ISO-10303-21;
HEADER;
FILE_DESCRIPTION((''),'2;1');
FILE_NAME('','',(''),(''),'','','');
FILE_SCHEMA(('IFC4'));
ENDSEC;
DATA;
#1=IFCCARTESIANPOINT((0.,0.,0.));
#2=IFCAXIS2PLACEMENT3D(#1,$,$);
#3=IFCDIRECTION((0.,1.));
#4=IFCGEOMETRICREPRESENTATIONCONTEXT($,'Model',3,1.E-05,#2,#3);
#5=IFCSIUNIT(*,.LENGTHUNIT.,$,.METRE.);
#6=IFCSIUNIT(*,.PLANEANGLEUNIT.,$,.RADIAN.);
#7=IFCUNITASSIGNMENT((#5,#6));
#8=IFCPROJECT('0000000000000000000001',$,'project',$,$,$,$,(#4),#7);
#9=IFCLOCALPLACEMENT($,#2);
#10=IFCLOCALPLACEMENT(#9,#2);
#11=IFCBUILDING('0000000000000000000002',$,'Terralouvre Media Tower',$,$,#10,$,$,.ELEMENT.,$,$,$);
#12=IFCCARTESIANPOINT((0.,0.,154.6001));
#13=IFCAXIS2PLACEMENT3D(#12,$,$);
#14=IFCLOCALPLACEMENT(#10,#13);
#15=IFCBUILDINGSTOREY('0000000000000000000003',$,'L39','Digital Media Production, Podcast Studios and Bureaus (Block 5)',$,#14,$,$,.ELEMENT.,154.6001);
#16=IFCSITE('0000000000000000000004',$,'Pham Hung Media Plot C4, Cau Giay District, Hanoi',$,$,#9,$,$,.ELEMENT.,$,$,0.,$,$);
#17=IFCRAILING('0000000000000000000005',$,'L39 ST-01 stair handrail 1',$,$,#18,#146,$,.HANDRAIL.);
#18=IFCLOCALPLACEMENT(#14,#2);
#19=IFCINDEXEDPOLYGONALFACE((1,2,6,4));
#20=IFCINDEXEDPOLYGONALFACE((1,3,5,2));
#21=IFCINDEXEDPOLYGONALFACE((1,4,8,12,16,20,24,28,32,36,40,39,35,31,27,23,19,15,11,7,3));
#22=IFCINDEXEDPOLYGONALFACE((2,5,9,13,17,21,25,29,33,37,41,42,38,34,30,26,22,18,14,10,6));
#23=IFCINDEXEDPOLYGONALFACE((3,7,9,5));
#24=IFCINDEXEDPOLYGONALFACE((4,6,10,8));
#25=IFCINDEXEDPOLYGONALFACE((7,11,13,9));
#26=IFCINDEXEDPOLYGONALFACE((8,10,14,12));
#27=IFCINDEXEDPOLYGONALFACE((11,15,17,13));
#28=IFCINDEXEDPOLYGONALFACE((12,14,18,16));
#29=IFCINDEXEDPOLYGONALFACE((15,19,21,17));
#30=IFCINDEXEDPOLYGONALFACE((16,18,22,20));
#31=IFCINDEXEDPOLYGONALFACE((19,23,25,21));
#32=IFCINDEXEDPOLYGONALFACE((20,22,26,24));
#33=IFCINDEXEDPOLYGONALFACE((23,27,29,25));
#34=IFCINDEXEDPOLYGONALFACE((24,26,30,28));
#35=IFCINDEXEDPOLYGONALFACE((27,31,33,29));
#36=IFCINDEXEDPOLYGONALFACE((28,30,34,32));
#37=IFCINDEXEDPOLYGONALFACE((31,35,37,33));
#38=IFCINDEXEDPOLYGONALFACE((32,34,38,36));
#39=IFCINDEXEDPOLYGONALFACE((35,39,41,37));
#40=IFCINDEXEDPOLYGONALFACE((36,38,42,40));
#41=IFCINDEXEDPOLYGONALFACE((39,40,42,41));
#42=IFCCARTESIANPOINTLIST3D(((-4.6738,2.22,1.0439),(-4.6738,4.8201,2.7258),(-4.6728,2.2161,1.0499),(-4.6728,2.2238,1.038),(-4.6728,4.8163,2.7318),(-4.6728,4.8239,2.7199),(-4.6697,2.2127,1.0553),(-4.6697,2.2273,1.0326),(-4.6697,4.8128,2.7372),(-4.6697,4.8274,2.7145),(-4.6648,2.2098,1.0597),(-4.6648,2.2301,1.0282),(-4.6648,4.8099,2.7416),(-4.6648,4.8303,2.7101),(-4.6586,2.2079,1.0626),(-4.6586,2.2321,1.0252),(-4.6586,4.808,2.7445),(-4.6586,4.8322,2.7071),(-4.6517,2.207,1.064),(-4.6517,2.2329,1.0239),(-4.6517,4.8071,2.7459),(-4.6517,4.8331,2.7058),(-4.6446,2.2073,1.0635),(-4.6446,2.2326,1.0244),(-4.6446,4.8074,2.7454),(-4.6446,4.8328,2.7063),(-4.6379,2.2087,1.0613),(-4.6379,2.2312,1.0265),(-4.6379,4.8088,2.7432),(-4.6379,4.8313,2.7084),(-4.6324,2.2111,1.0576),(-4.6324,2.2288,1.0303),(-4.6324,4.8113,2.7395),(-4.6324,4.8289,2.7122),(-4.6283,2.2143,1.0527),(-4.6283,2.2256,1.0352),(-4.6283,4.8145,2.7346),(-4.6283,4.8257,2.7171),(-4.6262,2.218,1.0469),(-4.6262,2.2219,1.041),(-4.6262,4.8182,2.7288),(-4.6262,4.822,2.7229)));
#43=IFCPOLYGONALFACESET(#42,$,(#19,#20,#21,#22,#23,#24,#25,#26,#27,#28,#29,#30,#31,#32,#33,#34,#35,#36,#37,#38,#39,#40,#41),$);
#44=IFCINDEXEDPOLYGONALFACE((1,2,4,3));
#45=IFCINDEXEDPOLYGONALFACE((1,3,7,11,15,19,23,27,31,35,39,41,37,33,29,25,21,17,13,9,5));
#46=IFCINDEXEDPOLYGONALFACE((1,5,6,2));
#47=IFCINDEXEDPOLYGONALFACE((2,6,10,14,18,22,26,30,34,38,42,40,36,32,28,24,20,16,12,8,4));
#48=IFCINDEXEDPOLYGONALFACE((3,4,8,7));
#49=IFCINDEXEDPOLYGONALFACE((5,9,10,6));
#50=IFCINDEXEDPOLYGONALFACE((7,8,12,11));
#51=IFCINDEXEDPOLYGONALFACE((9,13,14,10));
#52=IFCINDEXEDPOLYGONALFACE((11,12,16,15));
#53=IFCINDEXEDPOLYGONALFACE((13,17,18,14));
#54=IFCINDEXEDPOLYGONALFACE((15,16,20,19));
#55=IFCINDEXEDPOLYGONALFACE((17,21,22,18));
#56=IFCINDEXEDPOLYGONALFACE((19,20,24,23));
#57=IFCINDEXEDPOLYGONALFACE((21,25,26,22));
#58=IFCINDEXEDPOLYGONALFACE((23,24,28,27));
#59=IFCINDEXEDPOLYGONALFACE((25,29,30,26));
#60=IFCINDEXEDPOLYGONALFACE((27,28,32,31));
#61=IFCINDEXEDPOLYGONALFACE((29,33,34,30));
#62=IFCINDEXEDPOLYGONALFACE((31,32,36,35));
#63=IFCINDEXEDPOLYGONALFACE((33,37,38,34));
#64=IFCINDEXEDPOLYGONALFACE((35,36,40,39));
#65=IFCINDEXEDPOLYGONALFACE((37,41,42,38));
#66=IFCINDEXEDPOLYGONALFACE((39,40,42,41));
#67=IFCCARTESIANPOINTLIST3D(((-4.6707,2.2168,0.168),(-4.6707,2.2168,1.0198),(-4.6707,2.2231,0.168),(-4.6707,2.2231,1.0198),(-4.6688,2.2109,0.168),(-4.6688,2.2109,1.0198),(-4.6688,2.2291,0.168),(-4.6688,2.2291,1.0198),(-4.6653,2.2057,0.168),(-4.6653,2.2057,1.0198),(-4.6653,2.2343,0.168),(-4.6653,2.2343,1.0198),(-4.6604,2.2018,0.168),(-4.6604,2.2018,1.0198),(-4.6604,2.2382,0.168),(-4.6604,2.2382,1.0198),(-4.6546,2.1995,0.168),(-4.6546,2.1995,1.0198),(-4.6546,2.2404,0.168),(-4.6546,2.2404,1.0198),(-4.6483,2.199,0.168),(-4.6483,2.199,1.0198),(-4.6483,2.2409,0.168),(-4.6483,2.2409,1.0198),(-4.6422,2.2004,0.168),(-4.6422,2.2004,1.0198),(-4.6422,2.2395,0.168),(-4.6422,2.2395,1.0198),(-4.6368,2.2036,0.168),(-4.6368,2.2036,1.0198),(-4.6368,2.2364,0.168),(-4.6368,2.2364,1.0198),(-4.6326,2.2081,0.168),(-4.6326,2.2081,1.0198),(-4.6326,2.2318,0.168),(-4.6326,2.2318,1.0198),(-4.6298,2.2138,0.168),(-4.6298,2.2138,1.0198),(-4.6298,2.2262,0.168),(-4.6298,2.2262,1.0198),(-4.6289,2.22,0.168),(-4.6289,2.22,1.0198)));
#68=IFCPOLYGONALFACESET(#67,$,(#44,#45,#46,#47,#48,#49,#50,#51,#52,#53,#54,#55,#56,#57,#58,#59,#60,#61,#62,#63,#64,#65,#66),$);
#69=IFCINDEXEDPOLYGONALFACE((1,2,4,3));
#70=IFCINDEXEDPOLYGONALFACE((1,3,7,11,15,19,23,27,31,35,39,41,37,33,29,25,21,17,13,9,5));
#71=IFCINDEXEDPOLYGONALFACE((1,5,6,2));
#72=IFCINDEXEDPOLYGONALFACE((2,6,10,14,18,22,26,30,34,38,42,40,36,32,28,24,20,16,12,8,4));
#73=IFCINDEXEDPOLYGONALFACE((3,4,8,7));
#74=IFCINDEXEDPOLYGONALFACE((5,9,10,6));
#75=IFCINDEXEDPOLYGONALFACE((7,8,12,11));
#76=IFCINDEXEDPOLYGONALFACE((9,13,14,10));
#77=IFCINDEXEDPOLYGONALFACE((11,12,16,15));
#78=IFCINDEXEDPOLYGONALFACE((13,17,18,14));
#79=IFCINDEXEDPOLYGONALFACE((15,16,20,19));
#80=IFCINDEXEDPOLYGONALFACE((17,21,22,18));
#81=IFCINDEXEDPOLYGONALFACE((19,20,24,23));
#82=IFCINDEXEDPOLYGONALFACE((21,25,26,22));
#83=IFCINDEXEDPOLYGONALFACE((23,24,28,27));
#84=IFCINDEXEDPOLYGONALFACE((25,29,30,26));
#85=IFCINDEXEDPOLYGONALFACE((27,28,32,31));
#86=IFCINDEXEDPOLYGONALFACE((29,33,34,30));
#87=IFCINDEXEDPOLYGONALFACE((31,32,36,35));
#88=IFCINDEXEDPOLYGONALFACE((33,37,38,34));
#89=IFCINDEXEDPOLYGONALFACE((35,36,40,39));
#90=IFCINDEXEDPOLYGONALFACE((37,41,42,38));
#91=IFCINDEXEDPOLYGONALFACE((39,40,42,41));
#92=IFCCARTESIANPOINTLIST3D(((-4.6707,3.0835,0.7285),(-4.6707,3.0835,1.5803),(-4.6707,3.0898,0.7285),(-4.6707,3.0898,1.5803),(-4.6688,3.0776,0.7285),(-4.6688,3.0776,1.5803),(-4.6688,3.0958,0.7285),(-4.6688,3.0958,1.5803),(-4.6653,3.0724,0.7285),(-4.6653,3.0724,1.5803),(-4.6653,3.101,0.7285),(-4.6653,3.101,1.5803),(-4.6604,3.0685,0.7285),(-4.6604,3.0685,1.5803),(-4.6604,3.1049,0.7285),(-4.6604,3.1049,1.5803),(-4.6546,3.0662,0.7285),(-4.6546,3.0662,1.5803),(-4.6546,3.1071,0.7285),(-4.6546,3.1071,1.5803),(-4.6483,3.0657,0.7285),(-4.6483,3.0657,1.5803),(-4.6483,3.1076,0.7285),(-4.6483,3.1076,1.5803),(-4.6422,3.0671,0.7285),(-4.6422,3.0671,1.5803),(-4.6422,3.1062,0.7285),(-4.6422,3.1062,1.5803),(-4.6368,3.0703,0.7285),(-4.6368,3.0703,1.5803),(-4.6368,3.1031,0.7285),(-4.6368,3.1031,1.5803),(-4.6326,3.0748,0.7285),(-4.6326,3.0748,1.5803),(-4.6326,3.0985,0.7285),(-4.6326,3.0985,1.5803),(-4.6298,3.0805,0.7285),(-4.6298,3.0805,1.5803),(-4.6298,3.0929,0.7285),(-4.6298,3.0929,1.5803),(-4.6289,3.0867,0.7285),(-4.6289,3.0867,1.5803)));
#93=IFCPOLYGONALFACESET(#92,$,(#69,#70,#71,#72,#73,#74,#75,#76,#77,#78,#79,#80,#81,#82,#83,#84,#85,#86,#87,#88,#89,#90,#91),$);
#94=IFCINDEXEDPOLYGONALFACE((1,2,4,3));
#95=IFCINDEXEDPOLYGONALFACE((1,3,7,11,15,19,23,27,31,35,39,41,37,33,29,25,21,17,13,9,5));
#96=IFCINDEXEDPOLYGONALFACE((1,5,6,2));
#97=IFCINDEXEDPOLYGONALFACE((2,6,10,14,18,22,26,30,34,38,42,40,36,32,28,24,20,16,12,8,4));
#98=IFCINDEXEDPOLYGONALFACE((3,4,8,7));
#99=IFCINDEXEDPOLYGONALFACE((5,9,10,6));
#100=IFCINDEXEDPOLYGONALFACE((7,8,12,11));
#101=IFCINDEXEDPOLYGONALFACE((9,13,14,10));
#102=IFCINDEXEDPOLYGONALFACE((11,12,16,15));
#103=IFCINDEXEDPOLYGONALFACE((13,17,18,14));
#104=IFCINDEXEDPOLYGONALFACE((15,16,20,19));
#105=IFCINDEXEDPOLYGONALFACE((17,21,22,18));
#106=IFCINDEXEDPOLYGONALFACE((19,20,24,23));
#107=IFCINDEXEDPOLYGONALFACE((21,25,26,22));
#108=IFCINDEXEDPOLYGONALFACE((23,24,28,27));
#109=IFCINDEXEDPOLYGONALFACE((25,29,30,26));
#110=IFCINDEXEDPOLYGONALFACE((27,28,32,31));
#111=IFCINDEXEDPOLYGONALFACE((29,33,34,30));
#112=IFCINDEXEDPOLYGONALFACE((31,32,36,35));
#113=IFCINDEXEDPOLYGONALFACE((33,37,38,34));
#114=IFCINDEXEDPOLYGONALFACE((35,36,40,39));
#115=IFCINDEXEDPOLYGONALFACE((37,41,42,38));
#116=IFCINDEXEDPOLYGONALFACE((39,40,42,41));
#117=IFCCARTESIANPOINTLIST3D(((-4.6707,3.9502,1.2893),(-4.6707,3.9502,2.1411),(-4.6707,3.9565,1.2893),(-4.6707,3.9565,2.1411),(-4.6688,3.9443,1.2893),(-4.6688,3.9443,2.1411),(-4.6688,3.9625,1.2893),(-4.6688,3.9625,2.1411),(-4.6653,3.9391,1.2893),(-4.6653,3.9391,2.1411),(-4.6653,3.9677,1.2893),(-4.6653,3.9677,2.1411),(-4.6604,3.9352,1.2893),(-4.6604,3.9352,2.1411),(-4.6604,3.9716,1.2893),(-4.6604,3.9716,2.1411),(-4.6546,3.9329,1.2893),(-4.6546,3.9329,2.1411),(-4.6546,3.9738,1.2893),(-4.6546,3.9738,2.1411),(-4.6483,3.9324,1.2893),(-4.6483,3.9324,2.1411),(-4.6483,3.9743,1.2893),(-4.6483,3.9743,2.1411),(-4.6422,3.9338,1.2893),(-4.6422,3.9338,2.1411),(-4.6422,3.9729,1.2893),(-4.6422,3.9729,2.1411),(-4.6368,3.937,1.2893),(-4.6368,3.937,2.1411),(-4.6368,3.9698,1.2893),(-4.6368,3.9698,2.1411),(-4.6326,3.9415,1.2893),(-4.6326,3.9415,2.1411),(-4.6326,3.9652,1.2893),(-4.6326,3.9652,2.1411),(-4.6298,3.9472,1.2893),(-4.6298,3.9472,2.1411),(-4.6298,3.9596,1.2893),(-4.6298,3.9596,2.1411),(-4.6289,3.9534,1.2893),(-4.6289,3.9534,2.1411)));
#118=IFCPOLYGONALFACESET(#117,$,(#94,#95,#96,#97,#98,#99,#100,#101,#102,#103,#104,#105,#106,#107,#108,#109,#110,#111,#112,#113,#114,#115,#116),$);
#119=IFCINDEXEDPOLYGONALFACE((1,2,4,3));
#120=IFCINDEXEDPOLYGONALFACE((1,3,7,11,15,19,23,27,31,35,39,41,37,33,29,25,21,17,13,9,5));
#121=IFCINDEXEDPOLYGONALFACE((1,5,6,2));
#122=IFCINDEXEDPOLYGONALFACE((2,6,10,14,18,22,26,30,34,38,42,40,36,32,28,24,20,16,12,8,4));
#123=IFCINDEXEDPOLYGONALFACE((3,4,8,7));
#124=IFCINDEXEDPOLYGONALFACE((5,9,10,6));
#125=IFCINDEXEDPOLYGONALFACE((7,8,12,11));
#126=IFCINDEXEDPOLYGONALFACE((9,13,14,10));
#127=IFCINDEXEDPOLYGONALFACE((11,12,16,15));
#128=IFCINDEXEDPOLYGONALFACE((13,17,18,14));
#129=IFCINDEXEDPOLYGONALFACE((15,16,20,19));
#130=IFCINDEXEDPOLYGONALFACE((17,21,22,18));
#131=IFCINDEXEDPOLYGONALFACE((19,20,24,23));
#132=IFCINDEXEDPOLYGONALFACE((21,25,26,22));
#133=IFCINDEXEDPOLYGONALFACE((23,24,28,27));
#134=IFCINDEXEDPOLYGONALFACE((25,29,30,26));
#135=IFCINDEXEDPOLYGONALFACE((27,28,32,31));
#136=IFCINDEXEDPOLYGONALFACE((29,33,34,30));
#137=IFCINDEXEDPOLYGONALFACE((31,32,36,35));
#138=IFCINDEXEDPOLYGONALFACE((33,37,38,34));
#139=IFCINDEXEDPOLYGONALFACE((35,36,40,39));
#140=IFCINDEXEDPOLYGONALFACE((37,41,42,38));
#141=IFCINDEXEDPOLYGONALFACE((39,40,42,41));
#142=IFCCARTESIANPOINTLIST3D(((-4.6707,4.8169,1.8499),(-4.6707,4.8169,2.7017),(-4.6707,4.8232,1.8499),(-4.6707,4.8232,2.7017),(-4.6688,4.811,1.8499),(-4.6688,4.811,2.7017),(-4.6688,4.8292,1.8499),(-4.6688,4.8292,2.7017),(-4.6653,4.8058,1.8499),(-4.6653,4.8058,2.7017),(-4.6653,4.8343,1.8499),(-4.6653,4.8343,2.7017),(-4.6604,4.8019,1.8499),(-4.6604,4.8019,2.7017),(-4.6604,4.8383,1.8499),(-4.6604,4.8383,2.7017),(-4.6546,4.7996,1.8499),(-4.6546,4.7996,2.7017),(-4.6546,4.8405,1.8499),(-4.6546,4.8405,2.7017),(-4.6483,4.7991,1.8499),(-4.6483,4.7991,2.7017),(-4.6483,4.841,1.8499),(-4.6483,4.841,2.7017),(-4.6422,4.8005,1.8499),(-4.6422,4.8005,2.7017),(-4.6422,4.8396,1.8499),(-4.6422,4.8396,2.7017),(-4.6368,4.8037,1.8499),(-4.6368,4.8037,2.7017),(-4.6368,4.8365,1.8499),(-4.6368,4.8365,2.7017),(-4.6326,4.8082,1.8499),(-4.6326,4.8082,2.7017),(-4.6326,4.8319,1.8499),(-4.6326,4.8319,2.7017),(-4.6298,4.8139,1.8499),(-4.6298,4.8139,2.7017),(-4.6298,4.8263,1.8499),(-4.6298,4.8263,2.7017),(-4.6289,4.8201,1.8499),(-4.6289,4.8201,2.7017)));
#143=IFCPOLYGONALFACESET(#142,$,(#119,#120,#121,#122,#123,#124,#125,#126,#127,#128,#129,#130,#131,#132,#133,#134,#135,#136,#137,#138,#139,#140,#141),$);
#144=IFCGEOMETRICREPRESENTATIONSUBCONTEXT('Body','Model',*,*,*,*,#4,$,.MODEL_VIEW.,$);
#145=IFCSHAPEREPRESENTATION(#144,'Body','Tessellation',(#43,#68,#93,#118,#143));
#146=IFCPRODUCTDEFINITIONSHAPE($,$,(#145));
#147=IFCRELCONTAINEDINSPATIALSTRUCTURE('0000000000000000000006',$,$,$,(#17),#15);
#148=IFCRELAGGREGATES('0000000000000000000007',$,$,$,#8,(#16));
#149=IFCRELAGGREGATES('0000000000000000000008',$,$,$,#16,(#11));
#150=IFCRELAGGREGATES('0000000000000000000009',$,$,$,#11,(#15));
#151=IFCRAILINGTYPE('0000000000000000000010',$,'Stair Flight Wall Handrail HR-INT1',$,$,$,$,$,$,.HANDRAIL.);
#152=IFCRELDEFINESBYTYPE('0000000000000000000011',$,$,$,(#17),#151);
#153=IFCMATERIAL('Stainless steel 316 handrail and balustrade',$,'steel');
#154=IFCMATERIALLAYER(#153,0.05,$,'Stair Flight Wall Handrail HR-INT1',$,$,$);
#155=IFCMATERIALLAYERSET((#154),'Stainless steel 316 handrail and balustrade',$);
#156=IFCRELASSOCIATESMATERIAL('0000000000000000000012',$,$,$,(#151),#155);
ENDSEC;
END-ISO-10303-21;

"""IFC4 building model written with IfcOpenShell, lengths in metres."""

from ifc_helpers import new_model, si_unit, direction, frame, origin, origin_2d, place, context, subcontext, project, spatial, circle, extrude, material, layer, layer_set, type_object, element, save


model = new_model("IFC4")

# Units and contexts
model_context = context("Model", 3, precision=1e-05, world=origin(), true_north=direction((0.0, 1.0)))
body_context = subcontext(model_context, "Body", "Model", "MODEL_VIEW")
ifc_project = project(units=[si_unit("LENGTHUNIT", "METRE"), si_unit("PLANEANGLEUNIT", "RADIAN")], contexts=[model_context])

# Site, building, storey
site_placement = place(None, origin())
site = spatial("IfcSite", under=ifc_project, at=site_placement, Name="Pham Hung Media Plot C4, Cau Giay District, Hanoi", CompositionType="ELEMENT", RefElevation=0.0)
building_placement = place(site_placement, origin())
building = spatial("IfcBuilding", under=site, at=building_placement, Name="Terralouvre Media Tower", CompositionType="ELEMENT")
storey_placement = place(building_placement, frame((0.0, 0.0, 154.6001)))
storey = spatial("IfcBuildingStorey", under=building, at=storey_placement, Name="L39", Description="Digital Media Production, Podcast Studios and Bureaus (Block 5)", CompositionType="ELEMENT", Elevation=154.6001)

# Railing
ifc_material_1 = material(Name="Stainless steel 316 handrail and balustrade", Category="steel")
ifc_layer_1 = layer(ifc_material_1, 0.05, Name="Stair Flight Wall Handrail HR-INT1")
ifc_layer_set_1 = layer_set([ifc_layer_1], Name="Stainless steel 316 handrail and balustrade")
railing_type_1 = type_object("IfcRailingType", Name="Stair Flight Wall Handrail HR-INT1", PredefinedType="HANDRAIL", material=ifc_layer_set_1)
railing_1_placement = place(storey_placement, frame((-4.6499, 2.22, 0.168)))
element("IfcRailing", 1, at=railing_1_placement, inside=storey, type_object=railing_type_1, Name="L39 ST-01 stair handrail 1", PredefinedType="HANDRAIL", context=body_context, shape_type="SweptSolid", body=[
    extrude(circle(Radius=0.0239, at=origin_2d()), frame((0.0, 0.0, 0.876), z_axis=(0.0, 0.839648, 0.54313), x_axis=(-1.0, 0.0, 0.0)), (0.0, 0.0, 1.0), 3.0967),
    extrude(circle(Radius=0.021, at=origin_2d()), origin(), (0.0, 0.0, 1.0), 0.8518),
    extrude(circle(Radius=0.021, at=origin_2d()), frame((0.0, 0.8667, 0.5605)), (0.0, 0.0, 1.0), 0.8518),
    extrude(circle(Radius=0.021, at=origin_2d()), frame((0.0, 1.7334, 1.1213)), (0.0, 0.0, 1.0), 0.8518),
    extrude(circle(Radius=0.021, at=origin_2d()), frame((0.0, 2.6001, 1.6819)), (0.0, 0.0, 1.0), 0.8518),
])

save(model, "model.ifc")
